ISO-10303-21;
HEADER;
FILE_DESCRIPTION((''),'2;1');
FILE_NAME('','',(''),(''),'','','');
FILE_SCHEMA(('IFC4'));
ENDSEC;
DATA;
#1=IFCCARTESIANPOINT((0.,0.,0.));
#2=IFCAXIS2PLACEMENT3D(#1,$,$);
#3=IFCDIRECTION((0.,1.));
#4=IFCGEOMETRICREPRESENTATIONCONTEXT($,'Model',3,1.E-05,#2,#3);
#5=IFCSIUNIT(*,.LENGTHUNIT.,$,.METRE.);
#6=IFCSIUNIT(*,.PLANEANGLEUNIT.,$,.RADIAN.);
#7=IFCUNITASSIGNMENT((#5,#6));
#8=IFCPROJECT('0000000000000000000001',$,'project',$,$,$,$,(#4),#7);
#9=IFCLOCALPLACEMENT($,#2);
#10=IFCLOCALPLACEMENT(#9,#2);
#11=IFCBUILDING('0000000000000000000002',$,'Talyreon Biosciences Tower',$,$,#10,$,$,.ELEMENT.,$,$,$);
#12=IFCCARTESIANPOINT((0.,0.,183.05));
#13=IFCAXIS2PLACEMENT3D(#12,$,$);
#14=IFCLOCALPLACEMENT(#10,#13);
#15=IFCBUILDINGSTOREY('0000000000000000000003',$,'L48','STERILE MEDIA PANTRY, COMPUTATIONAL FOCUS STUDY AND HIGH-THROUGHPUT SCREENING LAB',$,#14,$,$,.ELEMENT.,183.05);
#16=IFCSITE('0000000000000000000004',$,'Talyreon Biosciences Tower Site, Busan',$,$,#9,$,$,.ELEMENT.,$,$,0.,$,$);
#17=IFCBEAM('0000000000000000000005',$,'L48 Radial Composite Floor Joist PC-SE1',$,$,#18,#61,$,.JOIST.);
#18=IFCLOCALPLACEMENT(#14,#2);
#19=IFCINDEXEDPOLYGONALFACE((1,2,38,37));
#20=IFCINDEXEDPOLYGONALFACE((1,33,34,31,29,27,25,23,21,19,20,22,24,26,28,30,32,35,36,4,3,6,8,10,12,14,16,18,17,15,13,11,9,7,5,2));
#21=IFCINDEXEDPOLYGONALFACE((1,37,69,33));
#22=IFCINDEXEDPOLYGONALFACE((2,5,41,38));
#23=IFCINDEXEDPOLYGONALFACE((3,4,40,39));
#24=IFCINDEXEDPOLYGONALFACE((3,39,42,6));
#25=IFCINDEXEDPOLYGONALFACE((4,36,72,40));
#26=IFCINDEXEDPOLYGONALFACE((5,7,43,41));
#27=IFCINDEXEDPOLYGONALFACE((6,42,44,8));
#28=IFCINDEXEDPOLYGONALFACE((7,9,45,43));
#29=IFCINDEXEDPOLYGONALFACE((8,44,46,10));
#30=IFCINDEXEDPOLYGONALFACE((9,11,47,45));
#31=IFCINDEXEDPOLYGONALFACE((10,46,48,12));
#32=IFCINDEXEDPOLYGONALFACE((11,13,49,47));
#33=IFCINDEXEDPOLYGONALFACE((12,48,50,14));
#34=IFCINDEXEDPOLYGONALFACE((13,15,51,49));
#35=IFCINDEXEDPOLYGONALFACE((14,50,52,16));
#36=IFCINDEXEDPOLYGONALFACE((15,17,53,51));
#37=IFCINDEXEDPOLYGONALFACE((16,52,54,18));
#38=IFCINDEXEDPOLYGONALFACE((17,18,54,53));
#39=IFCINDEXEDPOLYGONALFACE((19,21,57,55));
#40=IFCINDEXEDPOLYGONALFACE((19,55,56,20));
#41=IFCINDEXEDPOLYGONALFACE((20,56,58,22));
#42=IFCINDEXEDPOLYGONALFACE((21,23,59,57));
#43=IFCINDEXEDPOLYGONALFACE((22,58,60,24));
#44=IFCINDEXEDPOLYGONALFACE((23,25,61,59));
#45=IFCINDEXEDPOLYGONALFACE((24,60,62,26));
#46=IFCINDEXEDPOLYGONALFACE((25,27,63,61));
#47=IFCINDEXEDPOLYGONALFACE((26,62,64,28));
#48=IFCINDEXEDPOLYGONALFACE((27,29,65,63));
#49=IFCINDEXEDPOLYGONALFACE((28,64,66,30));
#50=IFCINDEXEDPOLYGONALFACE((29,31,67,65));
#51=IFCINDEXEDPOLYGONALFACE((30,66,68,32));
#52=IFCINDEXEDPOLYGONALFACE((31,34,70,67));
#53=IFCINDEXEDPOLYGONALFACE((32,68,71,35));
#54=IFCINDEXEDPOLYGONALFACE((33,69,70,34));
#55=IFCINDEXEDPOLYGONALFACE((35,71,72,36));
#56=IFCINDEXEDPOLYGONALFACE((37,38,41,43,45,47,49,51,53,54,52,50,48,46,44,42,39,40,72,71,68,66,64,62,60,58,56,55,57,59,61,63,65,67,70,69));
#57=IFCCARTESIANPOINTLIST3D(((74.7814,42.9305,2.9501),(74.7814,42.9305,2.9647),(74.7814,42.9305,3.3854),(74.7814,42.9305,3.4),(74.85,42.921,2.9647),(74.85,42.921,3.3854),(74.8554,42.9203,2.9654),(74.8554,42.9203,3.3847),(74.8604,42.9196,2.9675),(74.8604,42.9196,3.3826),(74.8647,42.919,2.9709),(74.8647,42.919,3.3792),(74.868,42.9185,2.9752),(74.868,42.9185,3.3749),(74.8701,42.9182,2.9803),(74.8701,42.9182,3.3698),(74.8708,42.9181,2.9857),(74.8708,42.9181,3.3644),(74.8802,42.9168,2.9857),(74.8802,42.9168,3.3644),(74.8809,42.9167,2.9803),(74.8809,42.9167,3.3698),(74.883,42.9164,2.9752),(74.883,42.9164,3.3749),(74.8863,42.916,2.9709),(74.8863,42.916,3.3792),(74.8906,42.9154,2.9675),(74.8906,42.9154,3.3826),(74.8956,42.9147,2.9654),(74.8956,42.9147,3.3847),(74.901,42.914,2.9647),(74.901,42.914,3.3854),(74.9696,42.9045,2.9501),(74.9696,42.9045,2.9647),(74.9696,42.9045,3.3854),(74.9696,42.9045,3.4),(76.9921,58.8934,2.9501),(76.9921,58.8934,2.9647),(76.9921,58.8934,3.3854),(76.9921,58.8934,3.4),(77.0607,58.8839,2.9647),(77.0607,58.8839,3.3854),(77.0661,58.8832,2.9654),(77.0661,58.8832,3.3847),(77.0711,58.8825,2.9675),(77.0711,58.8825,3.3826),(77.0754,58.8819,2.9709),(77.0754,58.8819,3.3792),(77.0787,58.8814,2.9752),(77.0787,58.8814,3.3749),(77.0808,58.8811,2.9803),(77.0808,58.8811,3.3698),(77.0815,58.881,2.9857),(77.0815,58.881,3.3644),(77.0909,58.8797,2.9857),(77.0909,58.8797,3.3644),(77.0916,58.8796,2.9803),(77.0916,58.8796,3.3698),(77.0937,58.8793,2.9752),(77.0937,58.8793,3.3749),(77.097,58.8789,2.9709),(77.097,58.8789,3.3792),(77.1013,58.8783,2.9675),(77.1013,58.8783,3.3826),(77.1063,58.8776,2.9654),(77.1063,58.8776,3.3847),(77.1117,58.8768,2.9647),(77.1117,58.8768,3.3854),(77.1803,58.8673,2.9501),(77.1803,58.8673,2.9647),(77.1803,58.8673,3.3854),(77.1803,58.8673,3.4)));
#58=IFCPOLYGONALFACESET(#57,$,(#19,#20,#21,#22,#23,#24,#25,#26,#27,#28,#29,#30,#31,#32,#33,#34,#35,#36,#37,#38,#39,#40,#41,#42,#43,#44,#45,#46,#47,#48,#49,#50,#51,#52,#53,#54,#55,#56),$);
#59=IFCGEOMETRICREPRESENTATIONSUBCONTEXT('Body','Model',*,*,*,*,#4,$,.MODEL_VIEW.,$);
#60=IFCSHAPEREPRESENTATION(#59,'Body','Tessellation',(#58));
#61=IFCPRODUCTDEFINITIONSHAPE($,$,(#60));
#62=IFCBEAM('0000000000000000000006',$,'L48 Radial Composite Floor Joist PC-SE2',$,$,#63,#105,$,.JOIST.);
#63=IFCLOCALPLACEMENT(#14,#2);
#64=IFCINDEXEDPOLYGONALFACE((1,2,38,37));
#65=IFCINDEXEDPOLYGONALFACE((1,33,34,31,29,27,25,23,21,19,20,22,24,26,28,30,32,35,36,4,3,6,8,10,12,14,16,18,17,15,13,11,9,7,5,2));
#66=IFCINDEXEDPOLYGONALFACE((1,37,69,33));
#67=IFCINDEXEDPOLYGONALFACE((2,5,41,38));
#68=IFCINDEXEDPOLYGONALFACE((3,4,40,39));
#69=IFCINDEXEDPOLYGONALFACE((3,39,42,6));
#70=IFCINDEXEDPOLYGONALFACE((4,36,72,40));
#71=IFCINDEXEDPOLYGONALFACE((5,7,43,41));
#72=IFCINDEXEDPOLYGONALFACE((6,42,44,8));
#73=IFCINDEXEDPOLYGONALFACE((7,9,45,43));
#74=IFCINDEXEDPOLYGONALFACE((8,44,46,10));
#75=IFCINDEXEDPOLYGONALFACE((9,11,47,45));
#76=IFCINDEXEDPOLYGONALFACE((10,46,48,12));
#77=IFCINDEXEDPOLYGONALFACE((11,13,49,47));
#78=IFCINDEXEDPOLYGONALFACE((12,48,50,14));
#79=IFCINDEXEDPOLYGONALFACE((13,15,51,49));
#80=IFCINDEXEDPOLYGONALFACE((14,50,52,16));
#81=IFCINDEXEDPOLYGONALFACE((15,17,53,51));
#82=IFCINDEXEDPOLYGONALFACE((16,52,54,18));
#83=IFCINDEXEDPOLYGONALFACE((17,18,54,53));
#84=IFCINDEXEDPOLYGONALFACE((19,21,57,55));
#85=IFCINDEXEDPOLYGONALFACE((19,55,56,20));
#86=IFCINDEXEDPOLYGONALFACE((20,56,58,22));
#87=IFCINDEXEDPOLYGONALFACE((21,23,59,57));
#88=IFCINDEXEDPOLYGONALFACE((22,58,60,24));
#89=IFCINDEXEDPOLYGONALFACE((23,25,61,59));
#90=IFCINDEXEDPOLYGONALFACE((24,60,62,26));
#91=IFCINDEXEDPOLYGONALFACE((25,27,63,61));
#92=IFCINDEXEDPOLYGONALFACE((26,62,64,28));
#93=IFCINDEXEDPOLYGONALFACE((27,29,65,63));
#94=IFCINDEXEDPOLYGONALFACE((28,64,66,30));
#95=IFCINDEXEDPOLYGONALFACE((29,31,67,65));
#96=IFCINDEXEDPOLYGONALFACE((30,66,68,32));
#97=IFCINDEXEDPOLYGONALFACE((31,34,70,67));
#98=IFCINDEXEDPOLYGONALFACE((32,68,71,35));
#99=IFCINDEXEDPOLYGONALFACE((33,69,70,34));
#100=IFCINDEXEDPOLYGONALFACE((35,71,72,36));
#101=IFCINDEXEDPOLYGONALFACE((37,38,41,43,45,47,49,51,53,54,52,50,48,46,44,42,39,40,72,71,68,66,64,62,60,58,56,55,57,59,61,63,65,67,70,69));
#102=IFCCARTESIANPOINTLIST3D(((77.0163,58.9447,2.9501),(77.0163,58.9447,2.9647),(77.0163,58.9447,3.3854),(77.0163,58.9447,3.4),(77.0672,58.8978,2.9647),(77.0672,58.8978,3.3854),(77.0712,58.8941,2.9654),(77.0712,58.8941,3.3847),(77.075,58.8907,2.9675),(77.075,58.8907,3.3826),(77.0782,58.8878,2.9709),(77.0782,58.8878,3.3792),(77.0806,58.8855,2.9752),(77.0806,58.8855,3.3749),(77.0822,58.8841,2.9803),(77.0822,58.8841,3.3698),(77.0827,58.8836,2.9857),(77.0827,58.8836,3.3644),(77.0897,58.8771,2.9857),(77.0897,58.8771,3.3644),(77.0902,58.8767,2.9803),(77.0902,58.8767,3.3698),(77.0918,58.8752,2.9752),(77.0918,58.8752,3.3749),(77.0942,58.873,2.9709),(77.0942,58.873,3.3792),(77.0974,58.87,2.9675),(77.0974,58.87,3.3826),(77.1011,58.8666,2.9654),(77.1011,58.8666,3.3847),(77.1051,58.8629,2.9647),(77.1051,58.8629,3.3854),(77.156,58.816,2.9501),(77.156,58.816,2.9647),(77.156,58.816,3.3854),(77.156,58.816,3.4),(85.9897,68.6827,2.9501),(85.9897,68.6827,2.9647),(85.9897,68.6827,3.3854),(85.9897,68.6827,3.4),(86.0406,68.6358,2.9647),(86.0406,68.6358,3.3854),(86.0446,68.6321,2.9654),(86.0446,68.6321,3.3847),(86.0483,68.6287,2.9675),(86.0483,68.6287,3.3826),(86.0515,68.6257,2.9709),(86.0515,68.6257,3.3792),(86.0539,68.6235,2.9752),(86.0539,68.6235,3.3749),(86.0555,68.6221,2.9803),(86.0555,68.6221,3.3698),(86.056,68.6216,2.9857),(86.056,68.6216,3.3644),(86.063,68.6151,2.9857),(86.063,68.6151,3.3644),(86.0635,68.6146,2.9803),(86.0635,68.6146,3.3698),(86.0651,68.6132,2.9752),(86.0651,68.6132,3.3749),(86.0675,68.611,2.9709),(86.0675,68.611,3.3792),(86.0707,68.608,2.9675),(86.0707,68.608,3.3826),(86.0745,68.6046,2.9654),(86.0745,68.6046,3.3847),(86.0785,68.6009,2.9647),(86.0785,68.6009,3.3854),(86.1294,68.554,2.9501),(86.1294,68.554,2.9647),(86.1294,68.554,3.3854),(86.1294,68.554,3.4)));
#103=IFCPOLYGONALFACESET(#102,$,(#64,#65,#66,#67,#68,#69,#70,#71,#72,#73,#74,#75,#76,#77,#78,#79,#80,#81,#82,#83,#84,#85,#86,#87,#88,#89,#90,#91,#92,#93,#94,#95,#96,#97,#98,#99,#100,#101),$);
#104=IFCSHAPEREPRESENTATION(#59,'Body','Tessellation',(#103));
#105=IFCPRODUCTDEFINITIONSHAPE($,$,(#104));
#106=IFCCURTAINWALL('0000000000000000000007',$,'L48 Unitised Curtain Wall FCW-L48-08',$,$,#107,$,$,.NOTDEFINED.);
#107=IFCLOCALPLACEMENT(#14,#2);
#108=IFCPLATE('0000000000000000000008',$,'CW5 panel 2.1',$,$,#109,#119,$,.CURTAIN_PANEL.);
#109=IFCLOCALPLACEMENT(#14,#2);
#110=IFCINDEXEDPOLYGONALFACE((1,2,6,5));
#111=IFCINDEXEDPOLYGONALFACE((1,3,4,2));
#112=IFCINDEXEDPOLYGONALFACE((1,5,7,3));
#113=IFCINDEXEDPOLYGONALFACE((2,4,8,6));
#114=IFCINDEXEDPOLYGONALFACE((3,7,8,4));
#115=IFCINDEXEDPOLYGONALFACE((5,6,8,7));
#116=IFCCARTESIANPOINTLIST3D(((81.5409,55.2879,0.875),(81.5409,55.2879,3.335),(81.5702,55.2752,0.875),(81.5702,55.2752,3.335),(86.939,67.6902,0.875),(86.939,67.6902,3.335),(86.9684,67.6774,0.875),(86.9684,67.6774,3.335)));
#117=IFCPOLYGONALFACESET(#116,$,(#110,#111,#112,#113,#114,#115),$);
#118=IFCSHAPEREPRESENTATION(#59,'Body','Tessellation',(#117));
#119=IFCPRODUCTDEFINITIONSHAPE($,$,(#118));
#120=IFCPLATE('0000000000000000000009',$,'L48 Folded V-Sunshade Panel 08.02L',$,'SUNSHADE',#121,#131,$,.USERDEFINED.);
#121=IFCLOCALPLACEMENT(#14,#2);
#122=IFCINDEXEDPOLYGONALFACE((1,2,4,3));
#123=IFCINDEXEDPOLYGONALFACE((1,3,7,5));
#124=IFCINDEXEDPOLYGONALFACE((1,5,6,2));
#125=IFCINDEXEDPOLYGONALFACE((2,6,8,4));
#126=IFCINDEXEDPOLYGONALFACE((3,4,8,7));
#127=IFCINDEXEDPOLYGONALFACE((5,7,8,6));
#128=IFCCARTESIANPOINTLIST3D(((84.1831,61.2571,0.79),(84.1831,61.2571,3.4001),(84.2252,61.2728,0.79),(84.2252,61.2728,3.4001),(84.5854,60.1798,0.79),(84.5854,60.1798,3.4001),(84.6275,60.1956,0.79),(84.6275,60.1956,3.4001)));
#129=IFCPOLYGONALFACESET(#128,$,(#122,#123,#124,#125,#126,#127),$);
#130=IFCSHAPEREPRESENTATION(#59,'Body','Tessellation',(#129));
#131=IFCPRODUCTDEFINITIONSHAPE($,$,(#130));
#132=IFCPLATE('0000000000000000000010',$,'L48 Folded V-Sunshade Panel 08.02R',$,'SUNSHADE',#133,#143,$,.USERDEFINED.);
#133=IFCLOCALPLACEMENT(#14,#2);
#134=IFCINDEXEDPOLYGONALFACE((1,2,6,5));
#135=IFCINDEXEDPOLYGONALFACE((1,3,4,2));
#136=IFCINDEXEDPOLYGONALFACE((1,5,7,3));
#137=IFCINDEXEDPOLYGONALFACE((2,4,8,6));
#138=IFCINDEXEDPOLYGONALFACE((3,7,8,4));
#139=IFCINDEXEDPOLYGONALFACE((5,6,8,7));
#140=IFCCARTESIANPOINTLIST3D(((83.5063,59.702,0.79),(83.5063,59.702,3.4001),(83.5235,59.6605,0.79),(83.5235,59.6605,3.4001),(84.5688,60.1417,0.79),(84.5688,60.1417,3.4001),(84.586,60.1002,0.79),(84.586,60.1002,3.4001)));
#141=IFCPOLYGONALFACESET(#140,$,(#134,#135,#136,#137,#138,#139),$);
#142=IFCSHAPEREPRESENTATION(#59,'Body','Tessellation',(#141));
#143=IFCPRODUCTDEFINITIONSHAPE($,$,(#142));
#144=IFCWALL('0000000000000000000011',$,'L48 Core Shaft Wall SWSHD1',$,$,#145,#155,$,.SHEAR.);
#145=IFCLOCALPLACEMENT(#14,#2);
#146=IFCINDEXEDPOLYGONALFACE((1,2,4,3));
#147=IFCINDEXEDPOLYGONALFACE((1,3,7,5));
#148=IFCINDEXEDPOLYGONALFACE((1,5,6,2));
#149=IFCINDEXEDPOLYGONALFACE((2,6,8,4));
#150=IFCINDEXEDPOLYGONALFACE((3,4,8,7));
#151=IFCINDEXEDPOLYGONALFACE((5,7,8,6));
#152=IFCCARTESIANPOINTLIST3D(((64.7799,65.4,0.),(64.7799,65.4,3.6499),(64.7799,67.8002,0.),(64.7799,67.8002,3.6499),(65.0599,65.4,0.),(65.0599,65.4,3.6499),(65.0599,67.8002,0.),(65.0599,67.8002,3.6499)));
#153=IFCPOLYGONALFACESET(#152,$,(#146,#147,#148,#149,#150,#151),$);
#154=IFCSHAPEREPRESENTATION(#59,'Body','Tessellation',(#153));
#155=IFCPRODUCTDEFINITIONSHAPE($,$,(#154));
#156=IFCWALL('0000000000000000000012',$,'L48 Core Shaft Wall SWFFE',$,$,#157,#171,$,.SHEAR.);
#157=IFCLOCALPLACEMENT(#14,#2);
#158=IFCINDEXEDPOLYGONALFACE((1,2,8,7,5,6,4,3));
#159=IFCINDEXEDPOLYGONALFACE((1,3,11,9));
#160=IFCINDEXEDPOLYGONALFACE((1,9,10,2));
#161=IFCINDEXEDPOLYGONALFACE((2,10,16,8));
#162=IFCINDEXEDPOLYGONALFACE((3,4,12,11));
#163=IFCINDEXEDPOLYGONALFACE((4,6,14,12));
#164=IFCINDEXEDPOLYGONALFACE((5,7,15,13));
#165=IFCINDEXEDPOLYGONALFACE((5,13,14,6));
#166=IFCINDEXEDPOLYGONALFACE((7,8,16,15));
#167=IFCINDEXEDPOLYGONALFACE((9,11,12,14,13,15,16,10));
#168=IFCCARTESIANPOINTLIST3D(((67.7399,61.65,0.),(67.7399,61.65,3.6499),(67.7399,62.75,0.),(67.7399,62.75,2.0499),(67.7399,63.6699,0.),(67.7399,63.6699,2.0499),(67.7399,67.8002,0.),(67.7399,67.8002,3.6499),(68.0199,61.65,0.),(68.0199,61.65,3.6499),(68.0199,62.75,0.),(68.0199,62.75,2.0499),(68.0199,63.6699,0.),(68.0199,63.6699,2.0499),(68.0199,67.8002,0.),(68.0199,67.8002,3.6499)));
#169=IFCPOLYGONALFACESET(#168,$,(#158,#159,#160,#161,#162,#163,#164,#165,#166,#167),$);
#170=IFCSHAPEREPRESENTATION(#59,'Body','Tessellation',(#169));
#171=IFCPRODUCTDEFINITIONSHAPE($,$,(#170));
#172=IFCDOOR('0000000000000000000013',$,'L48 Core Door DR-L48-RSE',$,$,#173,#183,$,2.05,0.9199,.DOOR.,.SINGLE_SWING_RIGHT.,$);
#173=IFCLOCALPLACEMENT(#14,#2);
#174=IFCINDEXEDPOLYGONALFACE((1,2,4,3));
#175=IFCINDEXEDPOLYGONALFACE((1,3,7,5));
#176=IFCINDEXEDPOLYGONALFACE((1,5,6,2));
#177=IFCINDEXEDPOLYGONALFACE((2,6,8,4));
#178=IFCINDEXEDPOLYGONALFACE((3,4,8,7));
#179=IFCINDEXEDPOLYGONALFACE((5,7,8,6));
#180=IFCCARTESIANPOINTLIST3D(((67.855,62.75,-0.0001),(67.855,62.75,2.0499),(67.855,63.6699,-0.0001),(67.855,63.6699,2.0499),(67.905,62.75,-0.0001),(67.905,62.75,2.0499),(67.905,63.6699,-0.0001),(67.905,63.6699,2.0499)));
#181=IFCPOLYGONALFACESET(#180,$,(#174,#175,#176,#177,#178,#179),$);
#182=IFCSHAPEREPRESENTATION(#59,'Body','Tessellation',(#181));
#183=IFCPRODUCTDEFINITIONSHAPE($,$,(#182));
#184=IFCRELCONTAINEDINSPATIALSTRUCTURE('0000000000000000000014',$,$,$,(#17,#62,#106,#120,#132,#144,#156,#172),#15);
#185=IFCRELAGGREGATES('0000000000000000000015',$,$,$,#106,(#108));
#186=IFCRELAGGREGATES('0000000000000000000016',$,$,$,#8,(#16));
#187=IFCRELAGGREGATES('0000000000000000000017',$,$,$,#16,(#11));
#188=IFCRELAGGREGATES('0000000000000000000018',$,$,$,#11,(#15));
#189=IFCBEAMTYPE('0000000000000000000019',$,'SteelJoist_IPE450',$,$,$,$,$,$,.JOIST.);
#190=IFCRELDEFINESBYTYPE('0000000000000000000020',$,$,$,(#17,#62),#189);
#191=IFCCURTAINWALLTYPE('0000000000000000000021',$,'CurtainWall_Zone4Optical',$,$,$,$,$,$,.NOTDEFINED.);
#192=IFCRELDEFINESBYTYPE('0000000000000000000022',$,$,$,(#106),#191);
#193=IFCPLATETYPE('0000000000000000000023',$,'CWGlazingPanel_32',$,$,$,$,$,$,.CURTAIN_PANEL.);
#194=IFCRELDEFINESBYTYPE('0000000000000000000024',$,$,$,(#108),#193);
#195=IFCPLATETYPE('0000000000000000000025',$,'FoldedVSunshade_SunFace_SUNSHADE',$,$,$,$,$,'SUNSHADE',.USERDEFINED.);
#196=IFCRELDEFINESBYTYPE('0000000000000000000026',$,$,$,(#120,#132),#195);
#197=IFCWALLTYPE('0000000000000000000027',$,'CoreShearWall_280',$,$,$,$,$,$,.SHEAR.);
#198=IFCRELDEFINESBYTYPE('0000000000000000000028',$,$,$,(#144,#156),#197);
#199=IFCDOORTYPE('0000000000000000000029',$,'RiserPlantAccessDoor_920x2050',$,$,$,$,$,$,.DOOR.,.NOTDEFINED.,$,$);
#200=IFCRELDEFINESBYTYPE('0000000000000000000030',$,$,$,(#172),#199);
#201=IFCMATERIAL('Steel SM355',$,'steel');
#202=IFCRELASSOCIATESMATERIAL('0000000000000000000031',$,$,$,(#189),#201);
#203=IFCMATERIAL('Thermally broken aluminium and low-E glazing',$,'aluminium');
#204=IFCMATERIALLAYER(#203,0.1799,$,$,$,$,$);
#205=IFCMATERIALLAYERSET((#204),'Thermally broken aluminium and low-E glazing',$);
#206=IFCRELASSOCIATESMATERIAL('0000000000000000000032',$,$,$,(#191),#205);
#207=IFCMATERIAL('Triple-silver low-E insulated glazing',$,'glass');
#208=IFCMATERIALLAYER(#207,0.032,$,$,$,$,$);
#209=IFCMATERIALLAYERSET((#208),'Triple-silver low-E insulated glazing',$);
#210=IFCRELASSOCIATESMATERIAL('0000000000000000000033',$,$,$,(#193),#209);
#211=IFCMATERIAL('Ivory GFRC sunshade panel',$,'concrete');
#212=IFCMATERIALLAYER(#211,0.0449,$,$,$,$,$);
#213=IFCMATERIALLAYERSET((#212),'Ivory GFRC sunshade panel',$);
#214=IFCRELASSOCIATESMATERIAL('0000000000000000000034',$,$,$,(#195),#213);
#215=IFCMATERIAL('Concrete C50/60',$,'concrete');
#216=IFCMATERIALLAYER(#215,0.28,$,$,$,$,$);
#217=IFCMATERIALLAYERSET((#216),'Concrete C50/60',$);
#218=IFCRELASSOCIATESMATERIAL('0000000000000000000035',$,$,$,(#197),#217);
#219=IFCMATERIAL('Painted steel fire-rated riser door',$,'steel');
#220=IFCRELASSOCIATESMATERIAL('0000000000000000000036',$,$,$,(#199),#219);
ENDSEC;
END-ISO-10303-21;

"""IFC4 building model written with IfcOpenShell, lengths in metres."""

from ifc_helpers import new_model, si_unit, direction, frame, frame_2d, origin, origin_2d, place, context, subcontext, project, spatial, rectangle, i_section, extrude, material, layer, layer_set, material_profile, profile_set, type_object, element, fill, aggregate, save


model = new_model("IFC4")

# Units and contexts
model_context = context("Model", 3, precision=1e-05, world=origin(), true_north=direction((0.0, 1.0)))
body_context = subcontext(model_context, "Body", "Model", "MODEL_VIEW")
ifc_project = project(units=[si_unit("LENGTHUNIT", "METRE"), si_unit("PLANEANGLEUNIT", "RADIAN")], contexts=[model_context])

# Site, building, storey
site_placement = place(None, origin())
site = spatial("IfcSite", under=ifc_project, at=site_placement, Name="Talyreon Biosciences Tower Site, Busan", CompositionType="ELEMENT", RefElevation=0.0)
building_placement = place(site_placement, origin())
building = spatial("IfcBuilding", under=site, at=building_placement, Name="Talyreon Biosciences Tower", CompositionType="ELEMENT")
storey_placement = place(building_placement, frame((0.0, 0.0, 183.05)))
storey = spatial("IfcBuildingStorey", under=building, at=storey_placement, Name="L48", Description="STERILE MEDIA PANTRY, COMPUTATIONAL FOCUS STUDY AND HIGH-THROUGHPUT SCREENING LAB", CompositionType="ELEMENT", Elevation=183.05)

# Shared definitions
ifc_material_1 = material(Name="Concrete C50/60", Category="concrete")

# Beams
ifc_material_2 = material(Name="Steel SM355", Category="steel")
ifc_material_profile_1 = material_profile(ifc_material_2, i_section(OverallWidth=0.1899, OverallDepth=0.45, WebThickness=0.0095, FlangeThickness=0.0146, FilletRadius=0.021, at=origin_2d()), Name="IPE450")
ifc_profile_set_1 = profile_set([ifc_material_profile_1], Name="Steel SM355")
beam_type_1 = type_object("IfcBeamType", Name="SteelJoist_IPE450", PredefinedType="JOIST", material=ifc_profile_set_1)
beam_1_placement = place(storey_placement, frame((77.0862, 58.8804, 3.175), z_axis=(-0.13718, -0.990546, 0.0), x_axis=(0.990546, -0.13718, 0.0)))
element("IfcBeam", 1, at=beam_1_placement, inside=storey, type_object=beam_type_1, Name="L48 Radial Composite Floor Joist PC-SE1", PredefinedType="JOIST", context=body_context, shape_type="SweptSolid", body=[
    extrude(i_section(OverallWidth=0.1899, OverallDepth=0.45, WebThickness=0.0095, FlangeThickness=0.0146, FilletRadius=0.021, at=origin_2d()), origin(), (0.0, 0.0, 1.0), 16.1152),
])
beam_2_placement = place(storey_placement, frame((77.0862, 58.8804, 3.175), z_axis=(0.677645, 0.735389, 0.0), x_axis=(-0.735389, 0.677645, 0.0)))
element("IfcBeam", 2, at=beam_2_placement, inside=storey, type_object=beam_type_1, Name="L48 Radial Composite Floor Joist PC-SE2", PredefinedType="JOIST", context=body_context, shape_type="SweptSolid", body=[
    extrude(i_section(OverallWidth=0.1899, OverallDepth=0.45, WebThickness=0.0095, FlangeThickness=0.0146, FilletRadius=0.021, at=origin_2d()), origin(), (0.0, 0.0, 1.0), 13.2419),
])

# Curtain wall, plate
ifc_material_3 = material(Name="Thermally broken aluminium and low-E glazing", Category="aluminium")
ifc_layer_1 = layer(ifc_material_3, 0.1799)
ifc_layer_set_1 = layer_set([ifc_layer_1], Name="Thermally broken aluminium and low-E glazing")
curtain_wall_type = type_object("IfcCurtainWallType", Name="CurtainWall_Zone4Optical", PredefinedType="NOTDEFINED", material=ifc_layer_set_1)
curtain_wall_placement = place(storey_placement, origin())
curtain_wall = element("IfcCurtainWall", 3, at=curtain_wall_placement, inside=storey, type_object=curtain_wall_type, Name="L48 Unitised Curtain Wall FCW-L48-08", PredefinedType="NOTDEFINED")
ifc_material_4 = material(Name="Triple-silver low-E insulated glazing", Category="glass")
ifc_layer_2 = layer(ifc_material_4, 0.032)
ifc_layer_set_2 = layer_set([ifc_layer_2], Name="Triple-silver low-E insulated glazing")
plate_type_1 = type_object("IfcPlateType", Name="CWGlazingPanel_32", PredefinedType="CURTAIN_PANEL", material=ifc_layer_set_2)
plate_placement = place(storey_placement, frame((84.2546, 61.4827, 0.875), z_axis=(0.0, 0.0, 1.0), x_axis=(-0.399089, -0.916912, 0.0)))
plate = element("IfcPlate", 4, at=plate_placement, type_object=plate_type_1, Name="CW5 panel 2.1", PredefinedType="CURTAIN_PANEL", context=body_context, shape_type="SweptSolid", body=[
    extrude(rectangle(XDim=13.5261, YDim=0.032, at=origin_2d()), origin(), (0.0, 0.0, 1.0), 2.46),
])
aggregate(curtain_wall, [plate])

# Plates
ifc_material_5 = material(Name="Ivory GFRC sunshade panel", Category="concrete")
ifc_layer_3 = layer(ifc_material_5, 0.0449)
ifc_layer_set_3 = layer_set([ifc_layer_3], Name="Ivory GFRC sunshade panel")
plate_type_2 = type_object("IfcPlateType", Name="FoldedVSunshade_SunFace_SUNSHADE", ElementType="SUNSHADE", PredefinedType="USERDEFINED", material=ifc_layer_set_3)
for number, where, z_axis, x_axis, name in (
    (5, (84.4053, 60.7263, 0.79), (0.0, 0.0, 1.0), (0.349864, -0.9368, 0.0), "L48 Folded V-Sunshade Panel 08.02L"),
    (6, (84.0461, 59.9011, 0.79), (0.0, 0.0, 1.0), (-0.92402, -0.382345, 0.0), "L48 Folded V-Sunshade Panel 08.02R"),
):
    element("IfcPlate", number, at=place(storey_placement, frame(where, z_axis=z_axis, x_axis=x_axis)), inside=storey, type_object=plate_type_2, Name=name, ObjectType="SUNSHADE", PredefinedType="USERDEFINED", context=body_context, shape_type="SweptSolid", body=[
        extrude(rectangle(XDim=1.1499, YDim=0.0449, at=origin_2d()), origin(), (0.0, 0.0, 1.0), 2.6101),
    ])

# Wall
ifc_layer_4 = layer(ifc_material_1, 0.28)
ifc_layer_set_4 = layer_set([ifc_layer_4], Name="Concrete C50/60")
wall_type_1 = type_object("IfcWallType", Name="CoreShearWall_280", PredefinedType="SHEAR", material=ifc_layer_set_4)
wall_1_placement = place(storey_placement, frame((64.9199, 65.3999, 0.0), z_axis=(0.0, 0.0, 1.0), x_axis=(0.0, 1.0, 0.0)))
element("IfcWall", 7, at=wall_1_placement, inside=storey, type_object=wall_type_1, Name="L48 Core Shaft Wall SWSHD1", PredefinedType="SHEAR", context=body_context, shape_type="SweptSolid", body=[
    extrude(rectangle(XDim=2.4001, YDim=0.28, at=frame_2d((1.2002, 0.0))), origin(), (0.0, 0.0, 1.0), 3.6499),
])

# Wall, opening, door
wall_2_placement = place(storey_placement, frame((67.8799, 61.6499, 0.0), z_axis=(0.0, 0.0, 1.0), x_axis=(0.0, 1.0, 0.0)))
wall_2 = element("IfcWall", 8, at=wall_2_placement, inside=storey, type_object=wall_type_1, Name="L48 Core Shaft Wall SWFFE", PredefinedType="SHEAR", context=body_context, shape_type="SweptSolid", body=[
    extrude(rectangle(XDim=6.1501, YDim=0.28, at=frame_2d((3.0752, 0.0))), origin(), (0.0, 0.0, 1.0), 3.6499),
])
opening_1_placement = place(wall_2_placement, frame((1.1001, 0.0, 0.0)))
opening_1 = element("IfcOpeningElement", 9, at=opening_1_placement, cuts=wall_2, PredefinedType="OPENING", context=body_context, shape_type="SweptSolid", body=[
    extrude(rectangle(XDim=0.9199, YDim=2.05, at=frame_2d((0.46, 1.0249))), frame((0.0, 0.1499, 0.0), z_axis=(0.0, -1.0, 0.0), x_axis=(1.0, 0.0, 0.0)), (0.0, 0.0, 1.0), 0.3),
])
ifc_material_6 = material(Name="Painted steel fire-rated riser door", Category="steel")
door_type = type_object("IfcDoorType", Name="RiserPlantAccessDoor_920x2050", OperationType="NOTDEFINED", PredefinedType="DOOR", material=ifc_material_6)
door_1_placement = place(opening_1_placement, origin())
door_1 = element("IfcDoor", 10, at=door_1_placement, inside=storey, type_object=door_type, Name="L48 Core Door DR-L48-RSE", OperationType="SINGLE_SWING_RIGHT", OverallHeight=2.05, OverallWidth=0.9199, PredefinedType="DOOR", context=body_context, shape_type="SweptSolid", body=[
    extrude(rectangle(XDim=0.9199, YDim=2.05, at=frame_2d((0.46, 1.0249))), frame((0.0, 0.0249, 0.0), z_axis=(0.0, -1.0, 0.0), x_axis=(1.0, 0.0, 0.0)), (0.0, 0.0, 1.0), 0.05),
])
fill(opening_1, door_1)

save(model, "model.ifc")
